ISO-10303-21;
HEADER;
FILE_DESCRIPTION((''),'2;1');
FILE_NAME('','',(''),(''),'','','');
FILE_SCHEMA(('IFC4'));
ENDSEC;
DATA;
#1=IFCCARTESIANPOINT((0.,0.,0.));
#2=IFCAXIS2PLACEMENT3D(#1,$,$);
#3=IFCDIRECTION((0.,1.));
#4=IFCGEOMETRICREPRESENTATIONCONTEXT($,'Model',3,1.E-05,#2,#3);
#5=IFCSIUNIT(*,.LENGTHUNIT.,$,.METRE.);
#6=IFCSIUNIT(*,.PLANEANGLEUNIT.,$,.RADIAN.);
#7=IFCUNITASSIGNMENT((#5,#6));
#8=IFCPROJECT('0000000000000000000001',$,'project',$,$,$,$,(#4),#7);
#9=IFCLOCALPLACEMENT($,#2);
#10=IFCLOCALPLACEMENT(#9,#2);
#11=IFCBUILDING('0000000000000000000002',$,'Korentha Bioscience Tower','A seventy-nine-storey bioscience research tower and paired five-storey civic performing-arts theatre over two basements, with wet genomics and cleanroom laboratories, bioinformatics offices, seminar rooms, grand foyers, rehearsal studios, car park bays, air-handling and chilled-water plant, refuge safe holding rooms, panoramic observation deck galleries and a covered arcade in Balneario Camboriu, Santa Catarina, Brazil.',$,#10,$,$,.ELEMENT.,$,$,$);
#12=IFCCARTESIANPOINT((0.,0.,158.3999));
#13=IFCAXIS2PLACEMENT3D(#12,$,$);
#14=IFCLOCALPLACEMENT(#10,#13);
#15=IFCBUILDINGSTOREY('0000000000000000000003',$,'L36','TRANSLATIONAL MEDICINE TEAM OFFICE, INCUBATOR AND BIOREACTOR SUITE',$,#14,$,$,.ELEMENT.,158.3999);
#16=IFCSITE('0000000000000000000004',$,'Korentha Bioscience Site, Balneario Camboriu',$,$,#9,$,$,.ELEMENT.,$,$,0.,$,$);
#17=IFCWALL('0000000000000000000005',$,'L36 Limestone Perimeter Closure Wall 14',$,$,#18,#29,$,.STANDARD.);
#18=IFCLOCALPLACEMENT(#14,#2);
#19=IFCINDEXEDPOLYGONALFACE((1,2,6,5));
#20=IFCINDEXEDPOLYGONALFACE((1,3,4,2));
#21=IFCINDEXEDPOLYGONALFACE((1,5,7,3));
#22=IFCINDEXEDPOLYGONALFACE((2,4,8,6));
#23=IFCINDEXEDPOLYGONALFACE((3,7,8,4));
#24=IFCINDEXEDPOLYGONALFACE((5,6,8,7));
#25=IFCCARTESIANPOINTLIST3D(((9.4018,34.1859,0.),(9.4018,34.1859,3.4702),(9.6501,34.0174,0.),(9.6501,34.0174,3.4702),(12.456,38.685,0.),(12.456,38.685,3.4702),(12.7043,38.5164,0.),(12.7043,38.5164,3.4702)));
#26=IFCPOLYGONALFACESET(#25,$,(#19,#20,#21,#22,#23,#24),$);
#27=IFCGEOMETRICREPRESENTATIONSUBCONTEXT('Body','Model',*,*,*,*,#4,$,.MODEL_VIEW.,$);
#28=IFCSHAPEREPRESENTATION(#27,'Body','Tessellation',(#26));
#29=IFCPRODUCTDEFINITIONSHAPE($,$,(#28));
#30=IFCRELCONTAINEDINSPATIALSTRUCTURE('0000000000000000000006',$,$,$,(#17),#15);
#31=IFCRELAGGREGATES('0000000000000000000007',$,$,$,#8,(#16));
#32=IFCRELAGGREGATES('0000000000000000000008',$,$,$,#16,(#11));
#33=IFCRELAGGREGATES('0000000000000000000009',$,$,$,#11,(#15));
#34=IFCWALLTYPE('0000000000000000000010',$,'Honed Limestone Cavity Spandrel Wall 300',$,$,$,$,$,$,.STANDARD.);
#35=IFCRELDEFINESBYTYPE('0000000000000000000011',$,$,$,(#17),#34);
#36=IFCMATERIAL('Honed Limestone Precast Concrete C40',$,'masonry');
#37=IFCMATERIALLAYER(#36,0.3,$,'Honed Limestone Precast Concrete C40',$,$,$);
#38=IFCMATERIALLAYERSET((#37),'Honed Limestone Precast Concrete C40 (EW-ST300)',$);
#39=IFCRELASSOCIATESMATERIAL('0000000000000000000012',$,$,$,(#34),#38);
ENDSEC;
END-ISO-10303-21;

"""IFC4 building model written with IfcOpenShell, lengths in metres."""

from ifc_helpers import new_model, si_unit, direction, frame, frame_2d, origin, place, context, subcontext, project, spatial, rectangle, extrude, material, layer, layer_set, type_object, element, save


model = new_model("IFC4")

# Units and contexts
model_context = context("Model", 3, precision=1e-05, world=origin(), true_north=direction((0.0, 1.0)))
body_context = subcontext(model_context, "Body", "Model", "MODEL_VIEW")
ifc_project = project(units=[si_unit("LENGTHUNIT", "METRE"), si_unit("PLANEANGLEUNIT", "RADIAN")], contexts=[model_context])

# Site, building, storey
site_placement = place(None, origin())
site = spatial("IfcSite", under=ifc_project, at=site_placement, Name="Korentha Bioscience Site, Balneario Camboriu", CompositionType="ELEMENT", RefElevation=0.0)
building_placement = place(site_placement, origin())
building = spatial("IfcBuilding", under=site, at=building_placement, Name="Korentha Bioscience Tower", Description="A seventy-nine-storey bioscience research tower and paired five-storey civic performing-arts theatre over two basements, with wet genomics and cleanroom laboratories, bioinformatics offices, seminar rooms, grand foyers, rehearsal studios, car park bays, air-handling and chilled-water plant, refuge safe holding rooms, panoramic observation deck galleries and a covered arcade in Balneario Camboriu, Santa Catarina, Brazil.", CompositionType="ELEMENT")
storey_placement = place(building_placement, frame((0.0, 0.0, 158.3999)))
storey = spatial("IfcBuildingStorey", under=building, at=storey_placement, Name="L36", Description="TRANSLATIONAL MEDICINE TEAM OFFICE, INCUBATOR AND BIOREACTOR SUITE", CompositionType="ELEMENT", Elevation=158.3999)

# Wall
ifc_material_1 = material(Name="Honed Limestone Precast Concrete C40", Category="masonry")
ifc_layer_1 = layer(ifc_material_1, 0.3, Name="Honed Limestone Precast Concrete C40")
ifc_layer_set_1 = layer_set([ifc_layer_1], Name="Honed Limestone Precast Concrete C40 (EW-ST300)")
wall_type_1 = type_object("IfcWallType", Name="Honed Limestone Cavity Spandrel Wall 300", PredefinedType="STANDARD", material=ifc_layer_set_1)
wall_1_placement = place(storey_placement, frame((12.5801, 38.6006, 0.0), z_axis=(0.0, 0.0, 1.0), x_axis=(-0.561664, -0.827365, 0.0)))
element("IfcWall", 1, at=wall_1_placement, inside=storey, type_object=wall_type_1, Name="L36 Limestone Perimeter Closure Wall 14", PredefinedType="STANDARD", context=body_context, shape_type="SweptSolid", body=[
    extrude(rectangle(XDim=5.4377, YDim=0.3, at=frame_2d((2.7188, 0.0))), origin(), (0.0, 0.0, 1.0), 3.4702),
])

save(model, "model.ifc")
